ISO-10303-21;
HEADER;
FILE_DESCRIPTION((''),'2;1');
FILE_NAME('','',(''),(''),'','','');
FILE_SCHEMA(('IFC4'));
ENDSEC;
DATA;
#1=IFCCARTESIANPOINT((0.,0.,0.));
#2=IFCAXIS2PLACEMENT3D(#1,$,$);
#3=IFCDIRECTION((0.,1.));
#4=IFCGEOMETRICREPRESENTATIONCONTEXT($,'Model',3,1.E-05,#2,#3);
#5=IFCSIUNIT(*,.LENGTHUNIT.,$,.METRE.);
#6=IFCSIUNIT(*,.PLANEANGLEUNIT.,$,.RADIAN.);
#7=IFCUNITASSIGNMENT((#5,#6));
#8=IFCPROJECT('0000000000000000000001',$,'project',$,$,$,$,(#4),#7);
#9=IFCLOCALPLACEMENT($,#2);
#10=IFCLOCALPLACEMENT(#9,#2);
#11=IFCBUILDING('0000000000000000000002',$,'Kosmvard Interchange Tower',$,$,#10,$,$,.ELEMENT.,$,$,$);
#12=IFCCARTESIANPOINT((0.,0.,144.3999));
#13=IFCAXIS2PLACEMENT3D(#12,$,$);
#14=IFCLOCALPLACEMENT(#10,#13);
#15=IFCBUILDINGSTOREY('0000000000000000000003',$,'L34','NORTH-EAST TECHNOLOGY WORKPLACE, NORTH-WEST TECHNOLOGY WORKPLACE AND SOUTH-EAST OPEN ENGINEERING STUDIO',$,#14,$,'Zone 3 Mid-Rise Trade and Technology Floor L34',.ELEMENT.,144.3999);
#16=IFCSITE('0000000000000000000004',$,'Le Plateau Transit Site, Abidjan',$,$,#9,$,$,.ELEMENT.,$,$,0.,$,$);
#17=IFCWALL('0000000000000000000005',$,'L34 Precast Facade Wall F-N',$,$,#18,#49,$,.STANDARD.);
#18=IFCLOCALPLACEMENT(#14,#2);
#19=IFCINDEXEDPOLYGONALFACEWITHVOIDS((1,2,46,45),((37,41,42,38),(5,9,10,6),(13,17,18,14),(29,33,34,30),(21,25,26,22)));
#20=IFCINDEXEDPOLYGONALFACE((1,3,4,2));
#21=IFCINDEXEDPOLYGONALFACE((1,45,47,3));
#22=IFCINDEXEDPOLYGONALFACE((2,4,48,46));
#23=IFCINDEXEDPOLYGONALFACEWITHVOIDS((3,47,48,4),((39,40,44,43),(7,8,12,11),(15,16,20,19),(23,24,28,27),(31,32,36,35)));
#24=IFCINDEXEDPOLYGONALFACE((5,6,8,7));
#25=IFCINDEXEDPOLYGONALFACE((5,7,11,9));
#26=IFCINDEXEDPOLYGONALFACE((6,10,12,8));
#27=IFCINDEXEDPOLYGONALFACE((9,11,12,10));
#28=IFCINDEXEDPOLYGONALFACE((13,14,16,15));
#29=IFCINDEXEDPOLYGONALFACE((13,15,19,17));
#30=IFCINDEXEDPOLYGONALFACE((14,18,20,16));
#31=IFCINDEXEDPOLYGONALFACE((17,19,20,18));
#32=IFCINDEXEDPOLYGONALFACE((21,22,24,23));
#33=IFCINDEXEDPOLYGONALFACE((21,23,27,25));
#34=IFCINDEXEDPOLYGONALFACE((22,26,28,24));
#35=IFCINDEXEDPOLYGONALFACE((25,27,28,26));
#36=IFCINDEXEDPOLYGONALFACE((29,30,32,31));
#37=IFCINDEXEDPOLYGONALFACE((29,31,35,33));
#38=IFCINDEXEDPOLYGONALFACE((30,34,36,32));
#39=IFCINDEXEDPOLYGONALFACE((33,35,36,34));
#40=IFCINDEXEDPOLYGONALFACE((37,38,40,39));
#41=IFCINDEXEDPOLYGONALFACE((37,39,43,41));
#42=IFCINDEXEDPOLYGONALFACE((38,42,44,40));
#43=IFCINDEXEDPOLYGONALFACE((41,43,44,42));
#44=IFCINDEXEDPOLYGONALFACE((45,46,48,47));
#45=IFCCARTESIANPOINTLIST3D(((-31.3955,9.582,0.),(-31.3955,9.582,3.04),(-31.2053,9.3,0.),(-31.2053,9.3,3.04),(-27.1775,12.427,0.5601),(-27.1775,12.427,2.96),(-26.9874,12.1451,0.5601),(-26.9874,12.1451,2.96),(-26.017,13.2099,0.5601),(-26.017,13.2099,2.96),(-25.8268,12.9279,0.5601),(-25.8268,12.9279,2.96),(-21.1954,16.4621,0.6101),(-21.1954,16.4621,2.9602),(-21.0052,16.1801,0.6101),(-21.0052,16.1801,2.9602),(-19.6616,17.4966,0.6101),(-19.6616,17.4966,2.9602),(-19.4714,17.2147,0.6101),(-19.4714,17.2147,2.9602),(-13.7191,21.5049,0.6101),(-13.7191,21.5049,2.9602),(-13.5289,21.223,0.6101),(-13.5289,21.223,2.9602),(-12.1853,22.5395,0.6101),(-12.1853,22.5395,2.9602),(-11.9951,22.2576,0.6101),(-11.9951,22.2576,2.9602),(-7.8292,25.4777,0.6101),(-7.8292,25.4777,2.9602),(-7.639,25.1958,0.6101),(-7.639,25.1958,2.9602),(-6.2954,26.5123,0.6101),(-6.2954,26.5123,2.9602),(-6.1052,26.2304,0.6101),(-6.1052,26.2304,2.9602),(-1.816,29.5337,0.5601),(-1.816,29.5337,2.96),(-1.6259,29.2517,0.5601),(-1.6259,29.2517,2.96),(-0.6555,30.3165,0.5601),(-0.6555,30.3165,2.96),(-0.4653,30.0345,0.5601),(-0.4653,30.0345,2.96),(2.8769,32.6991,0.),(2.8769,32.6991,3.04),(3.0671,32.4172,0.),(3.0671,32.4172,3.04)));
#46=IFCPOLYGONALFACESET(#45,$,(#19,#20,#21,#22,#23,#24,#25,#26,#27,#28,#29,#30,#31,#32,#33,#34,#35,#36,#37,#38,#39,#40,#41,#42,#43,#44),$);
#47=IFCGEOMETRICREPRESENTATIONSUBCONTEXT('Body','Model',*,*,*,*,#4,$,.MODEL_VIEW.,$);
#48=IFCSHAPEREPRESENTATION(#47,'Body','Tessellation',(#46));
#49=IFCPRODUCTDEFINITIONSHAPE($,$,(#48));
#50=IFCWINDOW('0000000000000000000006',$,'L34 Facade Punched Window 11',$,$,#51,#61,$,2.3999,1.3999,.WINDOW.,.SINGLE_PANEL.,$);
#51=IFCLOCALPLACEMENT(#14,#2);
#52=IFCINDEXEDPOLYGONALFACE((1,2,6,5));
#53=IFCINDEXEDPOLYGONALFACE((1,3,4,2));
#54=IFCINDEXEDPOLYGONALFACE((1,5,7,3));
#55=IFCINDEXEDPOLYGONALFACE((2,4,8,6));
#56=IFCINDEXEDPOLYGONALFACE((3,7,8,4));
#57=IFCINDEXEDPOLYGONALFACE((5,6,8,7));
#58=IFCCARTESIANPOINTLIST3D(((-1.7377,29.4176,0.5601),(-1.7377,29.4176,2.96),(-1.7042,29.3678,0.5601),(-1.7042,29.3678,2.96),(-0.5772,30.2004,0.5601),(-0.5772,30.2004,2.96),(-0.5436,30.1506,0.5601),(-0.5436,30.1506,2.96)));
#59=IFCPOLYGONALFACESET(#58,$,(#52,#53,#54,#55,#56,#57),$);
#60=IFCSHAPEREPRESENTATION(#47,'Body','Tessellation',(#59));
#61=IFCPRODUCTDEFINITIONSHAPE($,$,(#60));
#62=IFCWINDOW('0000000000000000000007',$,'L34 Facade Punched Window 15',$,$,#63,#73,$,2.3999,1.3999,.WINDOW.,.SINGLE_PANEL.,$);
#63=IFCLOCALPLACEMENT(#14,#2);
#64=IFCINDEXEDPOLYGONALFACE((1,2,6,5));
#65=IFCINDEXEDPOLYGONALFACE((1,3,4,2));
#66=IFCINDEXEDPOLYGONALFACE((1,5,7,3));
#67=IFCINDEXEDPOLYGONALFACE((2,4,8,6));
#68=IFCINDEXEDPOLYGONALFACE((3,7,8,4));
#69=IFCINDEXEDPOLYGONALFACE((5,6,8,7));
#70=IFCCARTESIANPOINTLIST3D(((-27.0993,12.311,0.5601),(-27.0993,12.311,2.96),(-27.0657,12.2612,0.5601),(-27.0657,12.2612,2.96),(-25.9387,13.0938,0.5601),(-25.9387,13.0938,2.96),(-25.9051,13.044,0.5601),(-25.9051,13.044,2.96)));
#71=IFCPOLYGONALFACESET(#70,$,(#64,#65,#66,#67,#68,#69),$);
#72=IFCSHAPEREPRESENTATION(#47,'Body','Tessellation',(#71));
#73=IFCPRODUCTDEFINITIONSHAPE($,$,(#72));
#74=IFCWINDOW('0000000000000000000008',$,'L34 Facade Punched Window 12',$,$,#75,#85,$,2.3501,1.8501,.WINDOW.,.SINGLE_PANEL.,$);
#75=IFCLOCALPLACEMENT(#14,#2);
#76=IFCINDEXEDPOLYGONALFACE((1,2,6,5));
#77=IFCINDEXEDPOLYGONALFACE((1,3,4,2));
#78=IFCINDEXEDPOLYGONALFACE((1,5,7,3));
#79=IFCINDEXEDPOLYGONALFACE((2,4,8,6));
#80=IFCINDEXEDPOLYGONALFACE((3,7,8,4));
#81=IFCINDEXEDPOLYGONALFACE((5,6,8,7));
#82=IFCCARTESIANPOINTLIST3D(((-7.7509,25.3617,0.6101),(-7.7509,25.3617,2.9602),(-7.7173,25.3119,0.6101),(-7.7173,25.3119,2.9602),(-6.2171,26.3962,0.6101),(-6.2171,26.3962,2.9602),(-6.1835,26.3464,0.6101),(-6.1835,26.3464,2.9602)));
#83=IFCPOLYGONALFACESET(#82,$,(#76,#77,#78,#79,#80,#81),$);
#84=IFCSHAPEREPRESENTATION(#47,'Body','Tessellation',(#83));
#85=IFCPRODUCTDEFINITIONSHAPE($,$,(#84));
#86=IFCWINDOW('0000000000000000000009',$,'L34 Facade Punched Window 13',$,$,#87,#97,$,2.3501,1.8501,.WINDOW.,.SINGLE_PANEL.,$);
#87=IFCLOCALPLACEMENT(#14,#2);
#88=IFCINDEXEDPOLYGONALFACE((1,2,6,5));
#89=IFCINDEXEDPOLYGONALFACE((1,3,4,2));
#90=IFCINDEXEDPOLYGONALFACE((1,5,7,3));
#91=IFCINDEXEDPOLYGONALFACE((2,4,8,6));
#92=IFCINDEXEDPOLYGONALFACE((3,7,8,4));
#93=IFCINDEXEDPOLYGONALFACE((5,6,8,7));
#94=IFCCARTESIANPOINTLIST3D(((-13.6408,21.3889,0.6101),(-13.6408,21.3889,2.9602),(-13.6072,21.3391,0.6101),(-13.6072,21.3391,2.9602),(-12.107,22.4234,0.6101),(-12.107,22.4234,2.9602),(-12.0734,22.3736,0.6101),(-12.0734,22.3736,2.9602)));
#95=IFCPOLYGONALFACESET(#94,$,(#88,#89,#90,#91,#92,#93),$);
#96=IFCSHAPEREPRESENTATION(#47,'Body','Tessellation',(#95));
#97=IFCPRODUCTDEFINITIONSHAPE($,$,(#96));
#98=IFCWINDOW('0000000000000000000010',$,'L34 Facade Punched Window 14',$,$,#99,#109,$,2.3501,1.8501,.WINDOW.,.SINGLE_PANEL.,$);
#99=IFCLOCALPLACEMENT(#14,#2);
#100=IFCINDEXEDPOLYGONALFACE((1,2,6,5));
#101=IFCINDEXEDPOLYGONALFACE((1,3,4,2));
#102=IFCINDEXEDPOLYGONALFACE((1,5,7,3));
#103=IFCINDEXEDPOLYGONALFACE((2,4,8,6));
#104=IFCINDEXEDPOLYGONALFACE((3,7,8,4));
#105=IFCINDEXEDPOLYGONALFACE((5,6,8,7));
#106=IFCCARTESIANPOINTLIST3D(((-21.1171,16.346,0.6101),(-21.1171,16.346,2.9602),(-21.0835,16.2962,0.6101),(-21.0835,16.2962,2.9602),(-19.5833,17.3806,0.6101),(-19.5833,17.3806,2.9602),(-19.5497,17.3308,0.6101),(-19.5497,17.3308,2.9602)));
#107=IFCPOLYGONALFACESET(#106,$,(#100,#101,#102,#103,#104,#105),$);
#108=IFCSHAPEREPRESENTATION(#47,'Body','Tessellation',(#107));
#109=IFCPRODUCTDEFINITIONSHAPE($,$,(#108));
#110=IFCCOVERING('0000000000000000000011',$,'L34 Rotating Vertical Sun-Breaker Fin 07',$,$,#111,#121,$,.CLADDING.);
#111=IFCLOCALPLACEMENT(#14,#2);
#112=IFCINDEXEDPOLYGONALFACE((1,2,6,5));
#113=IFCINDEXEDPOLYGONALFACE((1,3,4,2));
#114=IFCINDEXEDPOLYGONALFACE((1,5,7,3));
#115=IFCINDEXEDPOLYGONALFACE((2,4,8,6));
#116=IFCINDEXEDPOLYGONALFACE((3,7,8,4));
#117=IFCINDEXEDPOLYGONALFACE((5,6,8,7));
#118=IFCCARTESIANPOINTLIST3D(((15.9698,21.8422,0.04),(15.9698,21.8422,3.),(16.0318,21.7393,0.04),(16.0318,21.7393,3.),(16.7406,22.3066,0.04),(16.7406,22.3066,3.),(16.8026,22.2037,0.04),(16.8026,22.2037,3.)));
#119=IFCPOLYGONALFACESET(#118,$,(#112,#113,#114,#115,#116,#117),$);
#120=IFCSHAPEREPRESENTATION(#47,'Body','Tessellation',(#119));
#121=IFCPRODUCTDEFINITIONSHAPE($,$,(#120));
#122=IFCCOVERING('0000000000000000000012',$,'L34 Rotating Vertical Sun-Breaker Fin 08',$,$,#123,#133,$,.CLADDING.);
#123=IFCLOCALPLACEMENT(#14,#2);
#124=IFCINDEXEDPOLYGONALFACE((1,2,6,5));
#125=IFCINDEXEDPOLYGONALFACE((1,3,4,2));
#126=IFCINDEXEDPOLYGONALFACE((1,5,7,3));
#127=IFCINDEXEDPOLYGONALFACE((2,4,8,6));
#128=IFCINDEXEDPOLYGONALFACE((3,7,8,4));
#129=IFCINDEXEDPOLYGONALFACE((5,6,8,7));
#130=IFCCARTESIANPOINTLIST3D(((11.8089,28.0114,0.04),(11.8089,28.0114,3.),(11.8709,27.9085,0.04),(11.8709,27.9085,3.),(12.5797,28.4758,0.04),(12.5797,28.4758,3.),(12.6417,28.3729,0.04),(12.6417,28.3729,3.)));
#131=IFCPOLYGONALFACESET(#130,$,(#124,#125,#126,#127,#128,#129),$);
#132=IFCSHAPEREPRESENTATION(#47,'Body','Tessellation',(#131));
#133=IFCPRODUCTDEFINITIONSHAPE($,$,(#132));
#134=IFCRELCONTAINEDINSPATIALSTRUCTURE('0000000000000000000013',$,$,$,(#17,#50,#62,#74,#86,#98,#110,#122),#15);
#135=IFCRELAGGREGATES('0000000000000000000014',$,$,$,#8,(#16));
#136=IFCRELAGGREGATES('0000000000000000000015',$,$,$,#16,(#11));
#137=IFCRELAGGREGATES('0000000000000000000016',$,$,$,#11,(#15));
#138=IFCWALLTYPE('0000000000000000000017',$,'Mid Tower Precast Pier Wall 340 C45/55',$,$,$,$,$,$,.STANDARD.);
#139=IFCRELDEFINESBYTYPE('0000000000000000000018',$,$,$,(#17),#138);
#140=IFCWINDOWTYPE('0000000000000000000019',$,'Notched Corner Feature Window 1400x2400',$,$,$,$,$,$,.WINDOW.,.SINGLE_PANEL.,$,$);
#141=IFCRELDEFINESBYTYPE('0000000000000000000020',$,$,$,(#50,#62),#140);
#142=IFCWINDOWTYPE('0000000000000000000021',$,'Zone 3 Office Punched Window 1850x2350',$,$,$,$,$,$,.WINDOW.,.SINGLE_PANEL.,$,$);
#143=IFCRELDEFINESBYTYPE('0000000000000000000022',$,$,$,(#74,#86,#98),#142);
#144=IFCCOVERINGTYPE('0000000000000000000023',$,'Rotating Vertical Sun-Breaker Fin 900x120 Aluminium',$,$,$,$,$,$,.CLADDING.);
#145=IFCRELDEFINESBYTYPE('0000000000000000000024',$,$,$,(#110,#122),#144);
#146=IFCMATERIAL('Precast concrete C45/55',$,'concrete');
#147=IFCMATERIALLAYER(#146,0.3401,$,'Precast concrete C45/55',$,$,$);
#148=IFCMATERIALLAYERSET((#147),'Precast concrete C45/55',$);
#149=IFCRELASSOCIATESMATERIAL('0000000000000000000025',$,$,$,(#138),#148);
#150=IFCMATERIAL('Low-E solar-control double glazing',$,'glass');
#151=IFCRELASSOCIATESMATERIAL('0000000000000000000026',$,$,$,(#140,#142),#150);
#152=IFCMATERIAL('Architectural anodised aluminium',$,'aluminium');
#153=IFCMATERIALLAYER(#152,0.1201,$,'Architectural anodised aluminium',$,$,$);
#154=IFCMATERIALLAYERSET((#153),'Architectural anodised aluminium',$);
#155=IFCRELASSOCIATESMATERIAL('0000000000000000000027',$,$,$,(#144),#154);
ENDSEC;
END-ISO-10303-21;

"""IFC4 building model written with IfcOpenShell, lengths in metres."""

from ifc_helpers import new_model, si_unit, direction, frame, frame_2d, origin, origin_2d, place, context, subcontext, project, spatial, rectangle, extrude, source, transform, mapped, material, layer, layer_set, type_object, element, fill, save


model = new_model("IFC4")

# Units and contexts
model_context = context("Model", 3, precision=1e-05, world=origin(), true_north=direction((0.0, 1.0)))
body_context = subcontext(model_context, "Body", "Model", "MODEL_VIEW")
ifc_project = project(units=[si_unit("LENGTHUNIT", "METRE"), si_unit("PLANEANGLEUNIT", "RADIAN")], contexts=[model_context])

# Site, building, storey
site_placement = place(None, origin())
site = spatial("IfcSite", under=ifc_project, at=site_placement, Name="Le Plateau Transit Site, Abidjan", CompositionType="ELEMENT", RefElevation=0.0)
building_placement = place(site_placement, origin())
building = spatial("IfcBuilding", under=site, at=building_placement, Name="Kosmvard Interchange Tower", CompositionType="ELEMENT")
storey_placement = place(building_placement, frame((0.0, 0.0, 144.3999)))
storey = spatial("IfcBuildingStorey", under=building, at=storey_placement, Name="L34", Description="NORTH-EAST TECHNOLOGY WORKPLACE, NORTH-WEST TECHNOLOGY WORKPLACE AND SOUTH-EAST OPEN ENGINEERING STUDIO", LongName="Zone 3 Mid-Rise Trade and Technology Floor L34", CompositionType="ELEMENT", Elevation=144.3999)

# Shared definitions
ifc_material_1 = material(Name="Precast concrete C45/55", Category="concrete")

# Shared definitions
ifc_layer_1 = layer(ifc_material_1, 0.3401, Name="Precast concrete C45/55")
ifc_layer_set_1 = layer_set([ifc_layer_1], Name="Precast concrete C45/55")
wall_type = type_object("IfcWallType", Name="Mid Tower Precast Pier Wall 340 C45/55", PredefinedType="STANDARD", material=ifc_layer_set_1)

# Shared definitions
ifc_material_2 = material(Name="Low-E solar-control double glazing", Category="glass")
window_type_1 = type_object("IfcWindowType", Name="Notched Corner Feature Window 1400x2400", PartitioningType="SINGLE_PANEL", PredefinedType="WINDOW", material=ifc_material_2)
shared_shape_1 = source(origin(), body_context, "Body", "SweptSolid", [
    extrude(rectangle(XDim=1.3999, YDim=2.3999, at=frame_2d((0.7, 1.2))), frame((0.0, 0.03, 0.0), z_axis=(0.0, -1.0, 0.0), x_axis=(1.0, 0.0, 0.0)), (0.0, 0.0, 1.0), 0.0601),
])

# Wall, openings, windows
wall_1_placement = place(storey_placement, frame((2.9719, 32.5581, 0.0), z_axis=(0.0, 0.0, 1.0), x_axis=(-0.829036, -0.559195, 0.0)))
wall_1 = element("IfcWall", 1, at=wall_1_placement, inside=storey, type_object=wall_type, Name="L34 Precast Facade Wall F-N", PredefinedType="STANDARD", context=body_context, shape_type="SweptSolid", body=[
    extrude(rectangle(XDim=41.3401, YDim=0.3401, at=frame_2d((20.6699, 0.0))), origin(), (0.0, 0.0, 1.0), 3.04),
])
opening_1_placement = place(wall_1_placement, frame((4.2607, 0.0, 0.5601)))
opening_1 = element("IfcOpeningElement", 2, at=opening_1_placement, cuts=wall_1, PredefinedType="OPENING", context=body_context, shape_type="SweptSolid", body=[
    extrude(rectangle(XDim=1.3999, YDim=2.3999, at=frame_2d((0.7, 1.2))), frame((0.0, 0.1802, 0.0), z_axis=(0.0, -1.0, 0.0), x_axis=(1.0, 0.0, 0.0)), (0.0, 0.0, 1.0), 0.3601),
])
opening_2_placement = place(wall_1_placement, frame((11.0637, 0.0, 0.6101)))
opening_2 = element("IfcOpeningElement", 3, at=opening_2_placement, cuts=wall_1, PredefinedType="OPENING", context=body_context, shape_type="SweptSolid", body=[
    extrude(rectangle(XDim=1.8501, YDim=2.3501, at=frame_2d((0.925, 1.175))), frame((0.0, 0.1802, 0.0), z_axis=(0.0, -1.0, 0.0), x_axis=(1.0, 0.0, 0.0)), (0.0, 0.0, 1.0), 0.3601),
])
opening_3_placement = place(wall_1_placement, frame((18.1682, 0.0, 0.6101)))
opening_3 = element("IfcOpeningElement", 4, at=opening_3_placement, cuts=wall_1, PredefinedType="OPENING", context=body_context, shape_type="SweptSolid", body=[
    extrude(rectangle(XDim=1.8501, YDim=2.3501, at=frame_2d((0.925, 1.175))), frame((0.0, 0.1802, 0.0), z_axis=(0.0, -1.0, 0.0), x_axis=(1.0, 0.0, 0.0)), (0.0, 0.0, 1.0), 0.3601),
])
opening_4_placement = place(wall_1_placement, frame((27.1863, 0.0, 0.6101)))
opening_4 = element("IfcOpeningElement", 5, at=opening_4_placement, cuts=wall_1, PredefinedType="OPENING", context=body_context, shape_type="SweptSolid", body=[
    extrude(rectangle(XDim=1.8501, YDim=2.3501, at=frame_2d((0.925, 1.175))), frame((0.0, 0.1802, 0.0), z_axis=(0.0, -1.0, 0.0), x_axis=(1.0, 0.0, 0.0)), (0.0, 0.0, 1.0), 0.3601),
])
opening_5_placement = place(wall_1_placement, frame((34.8523, 0.0, 0.5601)))
opening_5 = element("IfcOpeningElement", 6, at=opening_5_placement, cuts=wall_1, PredefinedType="OPENING", context=body_context, shape_type="SweptSolid", body=[
    extrude(rectangle(XDim=1.3999, YDim=2.3999, at=frame_2d((0.7, 1.2))), frame((0.0, 0.1802, 0.0), z_axis=(0.0, -1.0, 0.0), x_axis=(1.0, 0.0, 0.0)), (0.0, 0.0, 1.0), 0.3601),
])
window_1_placement = place(opening_1_placement, origin())
window_1 = element("IfcWindow", 7, at=window_1_placement, inside=storey, type_object=window_type_1, Name="L34 Facade Punched Window 11", OverallHeight=2.3999, OverallWidth=1.3999, PartitioningType="SINGLE_PANEL", PredefinedType="WINDOW", context=body_context, shape_type="MappedRepresentation", body=[
    mapped(shared_shape_1, transform((0.0, 0.0, 0.0), scale=1.0)),
])
fill(opening_1, window_1)
window_2_placement = place(opening_5_placement, origin())
window_2 = element("IfcWindow", 8, at=window_2_placement, inside=storey, type_object=window_type_1, Name="L34 Facade Punched Window 15", OverallHeight=2.3999, OverallWidth=1.3999, PartitioningType="SINGLE_PANEL", PredefinedType="WINDOW", context=body_context, shape_type="MappedRepresentation", body=[
    mapped(shared_shape_1, transform((0.0, 0.0, 0.0), scale=1.0)),
])
fill(opening_5, window_2)
window_type_2 = type_object("IfcWindowType", Name="Zone 3 Office Punched Window 1850x2350", PartitioningType="SINGLE_PANEL", PredefinedType="WINDOW", material=ifc_material_2)
shared_shape_2 = source(origin(), body_context, "Body", "SweptSolid", [
    extrude(rectangle(XDim=1.8501, YDim=2.3501, at=frame_2d((0.925, 1.175))), frame((0.0, 0.03, 0.0), z_axis=(0.0, -1.0, 0.0), x_axis=(1.0, 0.0, 0.0)), (0.0, 0.0, 1.0), 0.0601),
])
window_3_placement = place(opening_2_placement, origin())
window_3 = element("IfcWindow", 9, at=window_3_placement, inside=storey, type_object=window_type_2, Name="L34 Facade Punched Window 12", OverallHeight=2.3501, OverallWidth=1.8501, PartitioningType="SINGLE_PANEL", PredefinedType="WINDOW", context=body_context, shape_type="MappedRepresentation", body=[
    mapped(shared_shape_2, transform((0.0, 0.0, 0.0), scale=1.0)),
])
fill(opening_2, window_3)
window_4_placement = place(opening_3_placement, origin())
window_4 = element("IfcWindow", 10, at=window_4_placement, inside=storey, type_object=window_type_2, Name="L34 Facade Punched Window 13", OverallHeight=2.3501, OverallWidth=1.8501, PartitioningType="SINGLE_PANEL", PredefinedType="WINDOW", context=body_context, shape_type="MappedRepresentation", body=[
    mapped(shared_shape_2, transform((0.0, 0.0, 0.0), scale=1.0)),
])
fill(opening_3, window_4)
window_5_placement = place(opening_4_placement, origin())
window_5 = element("IfcWindow", 11, at=window_5_placement, inside=storey, type_object=window_type_2, Name="L34 Facade Punched Window 14", OverallHeight=2.3501, OverallWidth=1.8501, PartitioningType="SINGLE_PANEL", PredefinedType="WINDOW", context=body_context, shape_type="MappedRepresentation", body=[
    mapped(shared_shape_2, transform((0.0, 0.0, 0.0), scale=1.0)),
])
fill(opening_4, window_5)

# Coverings
ifc_material_3 = material(Name="Architectural anodised aluminium", Category="aluminium")
ifc_layer_2 = layer(ifc_material_3, 0.1201, Name="Architectural anodised aluminium")
ifc_layer_set_2 = layer_set([ifc_layer_2], Name="Architectural anodised aluminium")
covering_type = type_object("IfcCoveringType", Name="Rotating Vertical Sun-Breaker Fin 900x120 Aluminium", PredefinedType="CLADDING", material=ifc_layer_set_2)
shared_shape_3 = source(origin(), body_context, "Body", "SweptSolid", [
    extrude(rectangle(XDim=0.8999, YDim=0.1201, at=origin_2d()), origin(), (0.0, 0.0, 1.0), 2.96),
])
for number, where, z_axis, x_axis, name in (
    (12, (16.3862, 22.0229, 0.04), (0.0, 0.0, 1.0), (0.856537, 0.516085, 0.0), "L34 Rotating Vertical Sun-Breaker Fin 07"),
    (13, (12.2253, 28.1921, 0.04), (0.0, 0.0, 1.0), (0.856537, 0.516085, 0.0), "L34 Rotating Vertical Sun-Breaker Fin 08"),
):
    element("IfcCovering", number, at=place(storey_placement, frame(where, z_axis=z_axis, x_axis=x_axis)), inside=storey, type_object=covering_type, Name=name, PredefinedType="CLADDING", context=body_context, shape_type="MappedRepresentation", body=[
        mapped(shared_shape_3, transform((0.0, 0.0, 0.0), scale=1.0)),
    ])

save(model, "model.ifc")
